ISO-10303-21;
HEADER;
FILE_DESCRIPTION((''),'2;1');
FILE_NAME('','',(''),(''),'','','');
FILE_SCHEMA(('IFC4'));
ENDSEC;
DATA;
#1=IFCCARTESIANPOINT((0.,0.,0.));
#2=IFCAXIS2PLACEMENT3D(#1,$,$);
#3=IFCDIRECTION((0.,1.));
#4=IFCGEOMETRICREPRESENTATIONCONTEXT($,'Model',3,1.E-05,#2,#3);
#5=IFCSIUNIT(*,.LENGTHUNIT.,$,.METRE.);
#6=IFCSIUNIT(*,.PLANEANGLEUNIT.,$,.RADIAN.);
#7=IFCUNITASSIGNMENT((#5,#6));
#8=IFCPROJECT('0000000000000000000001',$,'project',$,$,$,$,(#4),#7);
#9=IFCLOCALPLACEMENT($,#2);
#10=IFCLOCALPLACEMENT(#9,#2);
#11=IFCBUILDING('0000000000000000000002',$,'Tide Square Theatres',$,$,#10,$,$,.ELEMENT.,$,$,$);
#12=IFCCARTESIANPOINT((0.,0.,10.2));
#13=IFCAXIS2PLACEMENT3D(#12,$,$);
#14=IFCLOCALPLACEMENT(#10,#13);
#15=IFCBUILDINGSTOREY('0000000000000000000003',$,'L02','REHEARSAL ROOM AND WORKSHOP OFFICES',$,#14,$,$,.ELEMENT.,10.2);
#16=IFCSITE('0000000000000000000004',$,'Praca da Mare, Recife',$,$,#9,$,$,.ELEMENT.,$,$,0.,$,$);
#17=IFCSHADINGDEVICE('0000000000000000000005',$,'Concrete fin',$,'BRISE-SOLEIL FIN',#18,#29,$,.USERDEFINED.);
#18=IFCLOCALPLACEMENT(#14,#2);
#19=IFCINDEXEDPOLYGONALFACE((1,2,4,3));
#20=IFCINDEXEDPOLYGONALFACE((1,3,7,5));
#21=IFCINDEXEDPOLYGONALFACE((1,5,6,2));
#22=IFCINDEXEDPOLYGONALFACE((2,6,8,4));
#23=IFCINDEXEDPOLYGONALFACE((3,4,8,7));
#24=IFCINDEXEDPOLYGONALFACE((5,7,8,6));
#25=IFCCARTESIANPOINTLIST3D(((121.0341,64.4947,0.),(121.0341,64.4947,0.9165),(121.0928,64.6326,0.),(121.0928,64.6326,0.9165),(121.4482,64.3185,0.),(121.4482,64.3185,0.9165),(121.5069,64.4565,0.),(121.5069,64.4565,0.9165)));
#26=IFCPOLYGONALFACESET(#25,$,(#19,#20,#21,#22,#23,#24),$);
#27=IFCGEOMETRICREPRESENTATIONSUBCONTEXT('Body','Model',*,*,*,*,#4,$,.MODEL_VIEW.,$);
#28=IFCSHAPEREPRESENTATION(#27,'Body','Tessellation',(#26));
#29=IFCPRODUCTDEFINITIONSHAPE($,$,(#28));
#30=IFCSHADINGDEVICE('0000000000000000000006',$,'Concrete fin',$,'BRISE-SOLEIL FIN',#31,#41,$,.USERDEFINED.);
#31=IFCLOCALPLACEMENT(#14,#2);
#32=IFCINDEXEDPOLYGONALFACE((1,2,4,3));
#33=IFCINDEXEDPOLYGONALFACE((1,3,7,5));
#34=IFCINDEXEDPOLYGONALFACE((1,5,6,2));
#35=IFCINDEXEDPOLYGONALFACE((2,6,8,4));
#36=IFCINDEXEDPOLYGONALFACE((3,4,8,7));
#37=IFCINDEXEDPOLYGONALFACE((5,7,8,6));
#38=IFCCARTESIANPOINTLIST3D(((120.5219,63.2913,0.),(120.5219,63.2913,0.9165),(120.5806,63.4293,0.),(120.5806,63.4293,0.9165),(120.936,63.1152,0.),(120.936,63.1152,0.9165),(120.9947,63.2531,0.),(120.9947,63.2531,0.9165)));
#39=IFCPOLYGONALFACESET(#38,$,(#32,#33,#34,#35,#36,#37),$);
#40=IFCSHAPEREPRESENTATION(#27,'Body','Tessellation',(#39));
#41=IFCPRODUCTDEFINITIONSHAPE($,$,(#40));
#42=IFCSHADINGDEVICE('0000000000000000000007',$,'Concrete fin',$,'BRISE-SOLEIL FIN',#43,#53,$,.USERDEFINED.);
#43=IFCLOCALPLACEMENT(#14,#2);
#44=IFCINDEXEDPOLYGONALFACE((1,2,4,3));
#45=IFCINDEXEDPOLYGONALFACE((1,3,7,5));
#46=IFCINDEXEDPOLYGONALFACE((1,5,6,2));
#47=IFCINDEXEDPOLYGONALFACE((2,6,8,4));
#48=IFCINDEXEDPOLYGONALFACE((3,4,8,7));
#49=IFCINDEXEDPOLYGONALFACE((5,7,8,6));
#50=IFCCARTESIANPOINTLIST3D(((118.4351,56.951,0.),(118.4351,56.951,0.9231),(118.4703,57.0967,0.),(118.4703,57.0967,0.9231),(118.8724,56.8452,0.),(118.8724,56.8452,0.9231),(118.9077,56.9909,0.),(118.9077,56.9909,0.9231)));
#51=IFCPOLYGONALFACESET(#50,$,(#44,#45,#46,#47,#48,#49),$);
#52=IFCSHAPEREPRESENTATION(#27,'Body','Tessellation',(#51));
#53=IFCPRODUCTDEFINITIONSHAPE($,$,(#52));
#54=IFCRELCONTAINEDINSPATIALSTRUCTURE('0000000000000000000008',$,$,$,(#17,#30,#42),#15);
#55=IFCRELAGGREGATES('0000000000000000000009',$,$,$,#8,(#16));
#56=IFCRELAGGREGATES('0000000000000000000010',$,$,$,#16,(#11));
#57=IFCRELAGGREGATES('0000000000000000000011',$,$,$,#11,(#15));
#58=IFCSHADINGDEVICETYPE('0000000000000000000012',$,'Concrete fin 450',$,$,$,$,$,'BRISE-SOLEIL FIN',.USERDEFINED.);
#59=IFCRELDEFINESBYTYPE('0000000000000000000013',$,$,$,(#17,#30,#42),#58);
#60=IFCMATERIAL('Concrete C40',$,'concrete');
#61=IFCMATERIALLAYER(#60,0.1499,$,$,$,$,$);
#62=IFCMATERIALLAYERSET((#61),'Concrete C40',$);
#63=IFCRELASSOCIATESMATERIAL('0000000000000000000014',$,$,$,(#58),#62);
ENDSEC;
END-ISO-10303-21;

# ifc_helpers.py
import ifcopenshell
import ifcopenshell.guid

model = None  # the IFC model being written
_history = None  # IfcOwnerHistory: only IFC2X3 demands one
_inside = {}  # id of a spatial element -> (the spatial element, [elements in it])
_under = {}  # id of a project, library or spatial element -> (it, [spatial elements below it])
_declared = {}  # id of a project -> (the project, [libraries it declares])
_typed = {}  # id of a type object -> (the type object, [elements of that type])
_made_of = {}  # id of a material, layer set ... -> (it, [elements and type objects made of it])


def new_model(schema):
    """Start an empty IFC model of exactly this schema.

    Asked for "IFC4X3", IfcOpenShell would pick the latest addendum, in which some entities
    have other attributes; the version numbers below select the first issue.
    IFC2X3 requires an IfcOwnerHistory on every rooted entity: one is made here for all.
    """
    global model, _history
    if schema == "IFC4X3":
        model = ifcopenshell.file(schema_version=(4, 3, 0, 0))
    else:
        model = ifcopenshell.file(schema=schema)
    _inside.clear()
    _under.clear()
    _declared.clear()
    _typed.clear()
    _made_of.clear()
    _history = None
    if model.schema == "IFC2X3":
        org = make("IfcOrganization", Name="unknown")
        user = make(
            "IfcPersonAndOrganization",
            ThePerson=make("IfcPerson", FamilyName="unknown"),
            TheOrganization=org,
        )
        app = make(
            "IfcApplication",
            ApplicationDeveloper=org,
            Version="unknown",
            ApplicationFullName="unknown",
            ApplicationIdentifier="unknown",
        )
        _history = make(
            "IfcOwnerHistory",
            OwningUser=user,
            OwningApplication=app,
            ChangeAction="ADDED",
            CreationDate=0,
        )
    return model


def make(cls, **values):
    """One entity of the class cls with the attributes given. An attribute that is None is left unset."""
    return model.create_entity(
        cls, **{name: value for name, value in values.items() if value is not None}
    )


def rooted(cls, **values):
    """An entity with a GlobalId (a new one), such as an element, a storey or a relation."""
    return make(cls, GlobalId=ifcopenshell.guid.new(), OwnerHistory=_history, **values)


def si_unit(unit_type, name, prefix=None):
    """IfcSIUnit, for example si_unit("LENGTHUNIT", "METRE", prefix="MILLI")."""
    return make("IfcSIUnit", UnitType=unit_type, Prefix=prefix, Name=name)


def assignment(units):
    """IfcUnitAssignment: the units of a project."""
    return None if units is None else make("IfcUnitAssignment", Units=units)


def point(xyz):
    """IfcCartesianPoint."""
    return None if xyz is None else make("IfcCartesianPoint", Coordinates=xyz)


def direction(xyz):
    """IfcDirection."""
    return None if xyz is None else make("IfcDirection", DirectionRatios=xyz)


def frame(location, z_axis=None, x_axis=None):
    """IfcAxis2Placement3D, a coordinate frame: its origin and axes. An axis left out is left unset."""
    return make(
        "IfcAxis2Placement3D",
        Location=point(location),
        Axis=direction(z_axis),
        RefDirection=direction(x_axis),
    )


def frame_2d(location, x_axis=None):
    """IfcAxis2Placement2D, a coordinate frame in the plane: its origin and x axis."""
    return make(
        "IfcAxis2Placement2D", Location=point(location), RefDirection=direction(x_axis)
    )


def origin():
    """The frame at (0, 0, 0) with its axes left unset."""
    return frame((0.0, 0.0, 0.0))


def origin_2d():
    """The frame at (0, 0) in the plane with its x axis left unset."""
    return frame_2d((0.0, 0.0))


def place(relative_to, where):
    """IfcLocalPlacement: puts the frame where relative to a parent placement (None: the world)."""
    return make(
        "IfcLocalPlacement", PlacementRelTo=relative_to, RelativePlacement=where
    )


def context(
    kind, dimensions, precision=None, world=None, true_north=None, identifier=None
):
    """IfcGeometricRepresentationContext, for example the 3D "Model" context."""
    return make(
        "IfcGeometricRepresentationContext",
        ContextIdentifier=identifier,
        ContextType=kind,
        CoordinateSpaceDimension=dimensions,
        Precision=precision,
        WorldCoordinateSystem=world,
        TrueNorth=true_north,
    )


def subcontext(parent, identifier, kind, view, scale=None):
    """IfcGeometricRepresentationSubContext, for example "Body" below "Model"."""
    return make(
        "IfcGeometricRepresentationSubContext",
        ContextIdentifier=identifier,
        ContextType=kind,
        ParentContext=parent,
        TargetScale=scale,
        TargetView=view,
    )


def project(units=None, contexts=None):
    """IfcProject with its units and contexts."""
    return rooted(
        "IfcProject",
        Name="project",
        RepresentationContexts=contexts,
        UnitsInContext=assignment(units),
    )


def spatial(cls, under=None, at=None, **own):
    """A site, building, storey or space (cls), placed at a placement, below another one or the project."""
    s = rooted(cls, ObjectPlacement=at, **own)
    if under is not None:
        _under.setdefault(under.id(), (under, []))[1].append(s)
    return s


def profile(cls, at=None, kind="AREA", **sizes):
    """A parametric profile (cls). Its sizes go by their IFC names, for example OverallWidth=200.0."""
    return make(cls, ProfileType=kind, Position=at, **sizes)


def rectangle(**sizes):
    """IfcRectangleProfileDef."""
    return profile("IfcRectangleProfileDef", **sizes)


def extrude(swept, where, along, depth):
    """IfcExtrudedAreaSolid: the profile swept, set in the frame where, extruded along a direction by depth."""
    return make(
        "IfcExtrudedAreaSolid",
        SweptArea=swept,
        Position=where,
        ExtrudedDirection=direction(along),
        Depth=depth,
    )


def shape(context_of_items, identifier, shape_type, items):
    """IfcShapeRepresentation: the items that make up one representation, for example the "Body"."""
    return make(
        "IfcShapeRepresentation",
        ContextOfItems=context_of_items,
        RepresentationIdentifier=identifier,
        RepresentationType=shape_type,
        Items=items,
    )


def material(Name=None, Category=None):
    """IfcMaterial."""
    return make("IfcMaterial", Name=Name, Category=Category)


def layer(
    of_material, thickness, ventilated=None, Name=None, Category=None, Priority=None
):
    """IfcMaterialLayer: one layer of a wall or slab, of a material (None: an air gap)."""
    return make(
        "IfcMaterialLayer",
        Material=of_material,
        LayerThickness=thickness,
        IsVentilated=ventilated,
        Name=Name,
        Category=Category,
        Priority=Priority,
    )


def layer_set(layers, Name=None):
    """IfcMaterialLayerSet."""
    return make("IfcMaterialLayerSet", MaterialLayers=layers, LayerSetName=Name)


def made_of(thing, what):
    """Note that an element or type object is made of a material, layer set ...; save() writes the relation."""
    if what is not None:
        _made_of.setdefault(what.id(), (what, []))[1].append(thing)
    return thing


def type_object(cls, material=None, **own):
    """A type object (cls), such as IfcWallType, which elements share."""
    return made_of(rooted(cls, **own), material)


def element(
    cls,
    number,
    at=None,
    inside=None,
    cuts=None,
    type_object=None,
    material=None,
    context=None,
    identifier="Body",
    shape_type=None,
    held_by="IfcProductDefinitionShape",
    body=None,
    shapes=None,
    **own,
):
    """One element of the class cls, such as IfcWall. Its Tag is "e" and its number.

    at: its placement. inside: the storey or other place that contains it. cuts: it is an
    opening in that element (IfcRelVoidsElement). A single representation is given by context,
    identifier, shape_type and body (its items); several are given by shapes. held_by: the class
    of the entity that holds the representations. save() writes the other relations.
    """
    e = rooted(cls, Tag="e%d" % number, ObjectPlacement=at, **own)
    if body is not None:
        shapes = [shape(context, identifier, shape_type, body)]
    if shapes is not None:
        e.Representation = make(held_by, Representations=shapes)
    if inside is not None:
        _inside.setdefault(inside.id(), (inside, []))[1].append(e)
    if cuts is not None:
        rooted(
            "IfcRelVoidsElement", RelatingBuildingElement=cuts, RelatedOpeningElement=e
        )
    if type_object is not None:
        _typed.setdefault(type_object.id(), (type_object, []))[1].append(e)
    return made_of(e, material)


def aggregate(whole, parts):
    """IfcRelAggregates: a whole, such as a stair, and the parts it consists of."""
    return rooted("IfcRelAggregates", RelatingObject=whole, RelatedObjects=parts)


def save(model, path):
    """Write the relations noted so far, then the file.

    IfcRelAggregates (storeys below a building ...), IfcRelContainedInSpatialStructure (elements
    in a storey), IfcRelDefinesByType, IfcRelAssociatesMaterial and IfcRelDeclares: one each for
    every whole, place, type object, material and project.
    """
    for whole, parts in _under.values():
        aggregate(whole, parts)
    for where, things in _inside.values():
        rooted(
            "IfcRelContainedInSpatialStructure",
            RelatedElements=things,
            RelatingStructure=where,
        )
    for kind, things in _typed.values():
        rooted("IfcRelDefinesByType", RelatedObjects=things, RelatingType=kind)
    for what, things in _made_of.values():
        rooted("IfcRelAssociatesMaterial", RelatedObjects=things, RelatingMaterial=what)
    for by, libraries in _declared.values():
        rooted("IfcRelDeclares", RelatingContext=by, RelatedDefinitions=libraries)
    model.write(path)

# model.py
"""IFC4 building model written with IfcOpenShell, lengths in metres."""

from ifc_helpers import new_model, si_unit, direction, frame, origin, origin_2d, place, context, subcontext, project, spatial, rectangle, extrude, material, layer, layer_set, type_object, element, save


model = new_model("IFC4")

# Units and contexts
model_context = context("Model", 3, precision=1e-05, world=origin(), true_north=direction((0.0, 1.0)))
body_context = subcontext(model_context, "Body", "Model", "MODEL_VIEW")
ifc_project = project(units=[si_unit("LENGTHUNIT", "METRE"), si_unit("PLANEANGLEUNIT", "RADIAN")], contexts=[model_context])

# Site, building, storey
site_placement = place(None, origin())
site = spatial("IfcSite", under=ifc_project, at=site_placement, Name="Praca da Mare, Recife", CompositionType="ELEMENT", RefElevation=0.0)
building_placement = place(site_placement, origin())
building = spatial("IfcBuilding", under=site, at=building_placement, Name="Tide Square Theatres", CompositionType="ELEMENT")
storey_placement = place(building_placement, frame((0.0, 0.0, 10.2)))
storey = spatial("IfcBuildingStorey", under=building, at=storey_placement, Name="L02", Description="REHEARSAL ROOM AND WORKSHOP OFFICES", CompositionType="ELEMENT", Elevation=10.2)

# Shading devices
ifc_material_1 = material(Name="Concrete C40", Category="concrete")
ifc_layer_1 = layer(ifc_material_1, 0.1499)
ifc_layer_set_1 = layer_set([ifc_layer_1], Name="Concrete C40")
shading_device_type = type_object("IfcShadingDeviceType", Name="Concrete fin 450", ElementType="BRISE-SOLEIL FIN", PredefinedType="USERDEFINED", material=ifc_layer_set_1)
for number, where, z_axis, x_axis, name in (
    (1, (121.2705, 64.4756, 0.0), (0.0, 0.0, 1.0), (-0.391518, -0.92017, 0.0), "Concrete fin"),
    (2, (120.7583, 63.2722, 0.0), (0.0, 0.0, 1.0), (-0.391518, -0.92017, 0.0), "Concrete fin"),
):
    element("IfcShadingDevice", number, at=place(storey_placement, frame(where, z_axis=z_axis, x_axis=x_axis)), inside=storey, type_object=shading_device_type, Name=name, ObjectType="BRISE-SOLEIL FIN", PredefinedType="USERDEFINED", context=body_context, shape_type="SweptSolid", body=[
        extrude(rectangle(XDim=0.1499, YDim=0.45, at=origin_2d()), origin(), (0.0, 0.0, 1.0), 0.9165),
    ])
shading_device_placement = place(storey_placement, frame((118.6714, 56.9709, 0.0), z_axis=(0.0, 0.0, 1.0), x_axis=(-0.235142, -0.971961, 0.0)))
element("IfcShadingDevice", 3, at=shading_device_placement, inside=storey, type_object=shading_device_type, Name="Concrete fin", ObjectType="BRISE-SOLEIL FIN", PredefinedType="USERDEFINED", context=body_context, shape_type="SweptSolid", body=[
    extrude(rectangle(XDim=0.1499, YDim=0.45, at=origin_2d()), origin(), (0.0, 0.0, 1.0), 0.9231),
])

save(model, "model.ifc")
